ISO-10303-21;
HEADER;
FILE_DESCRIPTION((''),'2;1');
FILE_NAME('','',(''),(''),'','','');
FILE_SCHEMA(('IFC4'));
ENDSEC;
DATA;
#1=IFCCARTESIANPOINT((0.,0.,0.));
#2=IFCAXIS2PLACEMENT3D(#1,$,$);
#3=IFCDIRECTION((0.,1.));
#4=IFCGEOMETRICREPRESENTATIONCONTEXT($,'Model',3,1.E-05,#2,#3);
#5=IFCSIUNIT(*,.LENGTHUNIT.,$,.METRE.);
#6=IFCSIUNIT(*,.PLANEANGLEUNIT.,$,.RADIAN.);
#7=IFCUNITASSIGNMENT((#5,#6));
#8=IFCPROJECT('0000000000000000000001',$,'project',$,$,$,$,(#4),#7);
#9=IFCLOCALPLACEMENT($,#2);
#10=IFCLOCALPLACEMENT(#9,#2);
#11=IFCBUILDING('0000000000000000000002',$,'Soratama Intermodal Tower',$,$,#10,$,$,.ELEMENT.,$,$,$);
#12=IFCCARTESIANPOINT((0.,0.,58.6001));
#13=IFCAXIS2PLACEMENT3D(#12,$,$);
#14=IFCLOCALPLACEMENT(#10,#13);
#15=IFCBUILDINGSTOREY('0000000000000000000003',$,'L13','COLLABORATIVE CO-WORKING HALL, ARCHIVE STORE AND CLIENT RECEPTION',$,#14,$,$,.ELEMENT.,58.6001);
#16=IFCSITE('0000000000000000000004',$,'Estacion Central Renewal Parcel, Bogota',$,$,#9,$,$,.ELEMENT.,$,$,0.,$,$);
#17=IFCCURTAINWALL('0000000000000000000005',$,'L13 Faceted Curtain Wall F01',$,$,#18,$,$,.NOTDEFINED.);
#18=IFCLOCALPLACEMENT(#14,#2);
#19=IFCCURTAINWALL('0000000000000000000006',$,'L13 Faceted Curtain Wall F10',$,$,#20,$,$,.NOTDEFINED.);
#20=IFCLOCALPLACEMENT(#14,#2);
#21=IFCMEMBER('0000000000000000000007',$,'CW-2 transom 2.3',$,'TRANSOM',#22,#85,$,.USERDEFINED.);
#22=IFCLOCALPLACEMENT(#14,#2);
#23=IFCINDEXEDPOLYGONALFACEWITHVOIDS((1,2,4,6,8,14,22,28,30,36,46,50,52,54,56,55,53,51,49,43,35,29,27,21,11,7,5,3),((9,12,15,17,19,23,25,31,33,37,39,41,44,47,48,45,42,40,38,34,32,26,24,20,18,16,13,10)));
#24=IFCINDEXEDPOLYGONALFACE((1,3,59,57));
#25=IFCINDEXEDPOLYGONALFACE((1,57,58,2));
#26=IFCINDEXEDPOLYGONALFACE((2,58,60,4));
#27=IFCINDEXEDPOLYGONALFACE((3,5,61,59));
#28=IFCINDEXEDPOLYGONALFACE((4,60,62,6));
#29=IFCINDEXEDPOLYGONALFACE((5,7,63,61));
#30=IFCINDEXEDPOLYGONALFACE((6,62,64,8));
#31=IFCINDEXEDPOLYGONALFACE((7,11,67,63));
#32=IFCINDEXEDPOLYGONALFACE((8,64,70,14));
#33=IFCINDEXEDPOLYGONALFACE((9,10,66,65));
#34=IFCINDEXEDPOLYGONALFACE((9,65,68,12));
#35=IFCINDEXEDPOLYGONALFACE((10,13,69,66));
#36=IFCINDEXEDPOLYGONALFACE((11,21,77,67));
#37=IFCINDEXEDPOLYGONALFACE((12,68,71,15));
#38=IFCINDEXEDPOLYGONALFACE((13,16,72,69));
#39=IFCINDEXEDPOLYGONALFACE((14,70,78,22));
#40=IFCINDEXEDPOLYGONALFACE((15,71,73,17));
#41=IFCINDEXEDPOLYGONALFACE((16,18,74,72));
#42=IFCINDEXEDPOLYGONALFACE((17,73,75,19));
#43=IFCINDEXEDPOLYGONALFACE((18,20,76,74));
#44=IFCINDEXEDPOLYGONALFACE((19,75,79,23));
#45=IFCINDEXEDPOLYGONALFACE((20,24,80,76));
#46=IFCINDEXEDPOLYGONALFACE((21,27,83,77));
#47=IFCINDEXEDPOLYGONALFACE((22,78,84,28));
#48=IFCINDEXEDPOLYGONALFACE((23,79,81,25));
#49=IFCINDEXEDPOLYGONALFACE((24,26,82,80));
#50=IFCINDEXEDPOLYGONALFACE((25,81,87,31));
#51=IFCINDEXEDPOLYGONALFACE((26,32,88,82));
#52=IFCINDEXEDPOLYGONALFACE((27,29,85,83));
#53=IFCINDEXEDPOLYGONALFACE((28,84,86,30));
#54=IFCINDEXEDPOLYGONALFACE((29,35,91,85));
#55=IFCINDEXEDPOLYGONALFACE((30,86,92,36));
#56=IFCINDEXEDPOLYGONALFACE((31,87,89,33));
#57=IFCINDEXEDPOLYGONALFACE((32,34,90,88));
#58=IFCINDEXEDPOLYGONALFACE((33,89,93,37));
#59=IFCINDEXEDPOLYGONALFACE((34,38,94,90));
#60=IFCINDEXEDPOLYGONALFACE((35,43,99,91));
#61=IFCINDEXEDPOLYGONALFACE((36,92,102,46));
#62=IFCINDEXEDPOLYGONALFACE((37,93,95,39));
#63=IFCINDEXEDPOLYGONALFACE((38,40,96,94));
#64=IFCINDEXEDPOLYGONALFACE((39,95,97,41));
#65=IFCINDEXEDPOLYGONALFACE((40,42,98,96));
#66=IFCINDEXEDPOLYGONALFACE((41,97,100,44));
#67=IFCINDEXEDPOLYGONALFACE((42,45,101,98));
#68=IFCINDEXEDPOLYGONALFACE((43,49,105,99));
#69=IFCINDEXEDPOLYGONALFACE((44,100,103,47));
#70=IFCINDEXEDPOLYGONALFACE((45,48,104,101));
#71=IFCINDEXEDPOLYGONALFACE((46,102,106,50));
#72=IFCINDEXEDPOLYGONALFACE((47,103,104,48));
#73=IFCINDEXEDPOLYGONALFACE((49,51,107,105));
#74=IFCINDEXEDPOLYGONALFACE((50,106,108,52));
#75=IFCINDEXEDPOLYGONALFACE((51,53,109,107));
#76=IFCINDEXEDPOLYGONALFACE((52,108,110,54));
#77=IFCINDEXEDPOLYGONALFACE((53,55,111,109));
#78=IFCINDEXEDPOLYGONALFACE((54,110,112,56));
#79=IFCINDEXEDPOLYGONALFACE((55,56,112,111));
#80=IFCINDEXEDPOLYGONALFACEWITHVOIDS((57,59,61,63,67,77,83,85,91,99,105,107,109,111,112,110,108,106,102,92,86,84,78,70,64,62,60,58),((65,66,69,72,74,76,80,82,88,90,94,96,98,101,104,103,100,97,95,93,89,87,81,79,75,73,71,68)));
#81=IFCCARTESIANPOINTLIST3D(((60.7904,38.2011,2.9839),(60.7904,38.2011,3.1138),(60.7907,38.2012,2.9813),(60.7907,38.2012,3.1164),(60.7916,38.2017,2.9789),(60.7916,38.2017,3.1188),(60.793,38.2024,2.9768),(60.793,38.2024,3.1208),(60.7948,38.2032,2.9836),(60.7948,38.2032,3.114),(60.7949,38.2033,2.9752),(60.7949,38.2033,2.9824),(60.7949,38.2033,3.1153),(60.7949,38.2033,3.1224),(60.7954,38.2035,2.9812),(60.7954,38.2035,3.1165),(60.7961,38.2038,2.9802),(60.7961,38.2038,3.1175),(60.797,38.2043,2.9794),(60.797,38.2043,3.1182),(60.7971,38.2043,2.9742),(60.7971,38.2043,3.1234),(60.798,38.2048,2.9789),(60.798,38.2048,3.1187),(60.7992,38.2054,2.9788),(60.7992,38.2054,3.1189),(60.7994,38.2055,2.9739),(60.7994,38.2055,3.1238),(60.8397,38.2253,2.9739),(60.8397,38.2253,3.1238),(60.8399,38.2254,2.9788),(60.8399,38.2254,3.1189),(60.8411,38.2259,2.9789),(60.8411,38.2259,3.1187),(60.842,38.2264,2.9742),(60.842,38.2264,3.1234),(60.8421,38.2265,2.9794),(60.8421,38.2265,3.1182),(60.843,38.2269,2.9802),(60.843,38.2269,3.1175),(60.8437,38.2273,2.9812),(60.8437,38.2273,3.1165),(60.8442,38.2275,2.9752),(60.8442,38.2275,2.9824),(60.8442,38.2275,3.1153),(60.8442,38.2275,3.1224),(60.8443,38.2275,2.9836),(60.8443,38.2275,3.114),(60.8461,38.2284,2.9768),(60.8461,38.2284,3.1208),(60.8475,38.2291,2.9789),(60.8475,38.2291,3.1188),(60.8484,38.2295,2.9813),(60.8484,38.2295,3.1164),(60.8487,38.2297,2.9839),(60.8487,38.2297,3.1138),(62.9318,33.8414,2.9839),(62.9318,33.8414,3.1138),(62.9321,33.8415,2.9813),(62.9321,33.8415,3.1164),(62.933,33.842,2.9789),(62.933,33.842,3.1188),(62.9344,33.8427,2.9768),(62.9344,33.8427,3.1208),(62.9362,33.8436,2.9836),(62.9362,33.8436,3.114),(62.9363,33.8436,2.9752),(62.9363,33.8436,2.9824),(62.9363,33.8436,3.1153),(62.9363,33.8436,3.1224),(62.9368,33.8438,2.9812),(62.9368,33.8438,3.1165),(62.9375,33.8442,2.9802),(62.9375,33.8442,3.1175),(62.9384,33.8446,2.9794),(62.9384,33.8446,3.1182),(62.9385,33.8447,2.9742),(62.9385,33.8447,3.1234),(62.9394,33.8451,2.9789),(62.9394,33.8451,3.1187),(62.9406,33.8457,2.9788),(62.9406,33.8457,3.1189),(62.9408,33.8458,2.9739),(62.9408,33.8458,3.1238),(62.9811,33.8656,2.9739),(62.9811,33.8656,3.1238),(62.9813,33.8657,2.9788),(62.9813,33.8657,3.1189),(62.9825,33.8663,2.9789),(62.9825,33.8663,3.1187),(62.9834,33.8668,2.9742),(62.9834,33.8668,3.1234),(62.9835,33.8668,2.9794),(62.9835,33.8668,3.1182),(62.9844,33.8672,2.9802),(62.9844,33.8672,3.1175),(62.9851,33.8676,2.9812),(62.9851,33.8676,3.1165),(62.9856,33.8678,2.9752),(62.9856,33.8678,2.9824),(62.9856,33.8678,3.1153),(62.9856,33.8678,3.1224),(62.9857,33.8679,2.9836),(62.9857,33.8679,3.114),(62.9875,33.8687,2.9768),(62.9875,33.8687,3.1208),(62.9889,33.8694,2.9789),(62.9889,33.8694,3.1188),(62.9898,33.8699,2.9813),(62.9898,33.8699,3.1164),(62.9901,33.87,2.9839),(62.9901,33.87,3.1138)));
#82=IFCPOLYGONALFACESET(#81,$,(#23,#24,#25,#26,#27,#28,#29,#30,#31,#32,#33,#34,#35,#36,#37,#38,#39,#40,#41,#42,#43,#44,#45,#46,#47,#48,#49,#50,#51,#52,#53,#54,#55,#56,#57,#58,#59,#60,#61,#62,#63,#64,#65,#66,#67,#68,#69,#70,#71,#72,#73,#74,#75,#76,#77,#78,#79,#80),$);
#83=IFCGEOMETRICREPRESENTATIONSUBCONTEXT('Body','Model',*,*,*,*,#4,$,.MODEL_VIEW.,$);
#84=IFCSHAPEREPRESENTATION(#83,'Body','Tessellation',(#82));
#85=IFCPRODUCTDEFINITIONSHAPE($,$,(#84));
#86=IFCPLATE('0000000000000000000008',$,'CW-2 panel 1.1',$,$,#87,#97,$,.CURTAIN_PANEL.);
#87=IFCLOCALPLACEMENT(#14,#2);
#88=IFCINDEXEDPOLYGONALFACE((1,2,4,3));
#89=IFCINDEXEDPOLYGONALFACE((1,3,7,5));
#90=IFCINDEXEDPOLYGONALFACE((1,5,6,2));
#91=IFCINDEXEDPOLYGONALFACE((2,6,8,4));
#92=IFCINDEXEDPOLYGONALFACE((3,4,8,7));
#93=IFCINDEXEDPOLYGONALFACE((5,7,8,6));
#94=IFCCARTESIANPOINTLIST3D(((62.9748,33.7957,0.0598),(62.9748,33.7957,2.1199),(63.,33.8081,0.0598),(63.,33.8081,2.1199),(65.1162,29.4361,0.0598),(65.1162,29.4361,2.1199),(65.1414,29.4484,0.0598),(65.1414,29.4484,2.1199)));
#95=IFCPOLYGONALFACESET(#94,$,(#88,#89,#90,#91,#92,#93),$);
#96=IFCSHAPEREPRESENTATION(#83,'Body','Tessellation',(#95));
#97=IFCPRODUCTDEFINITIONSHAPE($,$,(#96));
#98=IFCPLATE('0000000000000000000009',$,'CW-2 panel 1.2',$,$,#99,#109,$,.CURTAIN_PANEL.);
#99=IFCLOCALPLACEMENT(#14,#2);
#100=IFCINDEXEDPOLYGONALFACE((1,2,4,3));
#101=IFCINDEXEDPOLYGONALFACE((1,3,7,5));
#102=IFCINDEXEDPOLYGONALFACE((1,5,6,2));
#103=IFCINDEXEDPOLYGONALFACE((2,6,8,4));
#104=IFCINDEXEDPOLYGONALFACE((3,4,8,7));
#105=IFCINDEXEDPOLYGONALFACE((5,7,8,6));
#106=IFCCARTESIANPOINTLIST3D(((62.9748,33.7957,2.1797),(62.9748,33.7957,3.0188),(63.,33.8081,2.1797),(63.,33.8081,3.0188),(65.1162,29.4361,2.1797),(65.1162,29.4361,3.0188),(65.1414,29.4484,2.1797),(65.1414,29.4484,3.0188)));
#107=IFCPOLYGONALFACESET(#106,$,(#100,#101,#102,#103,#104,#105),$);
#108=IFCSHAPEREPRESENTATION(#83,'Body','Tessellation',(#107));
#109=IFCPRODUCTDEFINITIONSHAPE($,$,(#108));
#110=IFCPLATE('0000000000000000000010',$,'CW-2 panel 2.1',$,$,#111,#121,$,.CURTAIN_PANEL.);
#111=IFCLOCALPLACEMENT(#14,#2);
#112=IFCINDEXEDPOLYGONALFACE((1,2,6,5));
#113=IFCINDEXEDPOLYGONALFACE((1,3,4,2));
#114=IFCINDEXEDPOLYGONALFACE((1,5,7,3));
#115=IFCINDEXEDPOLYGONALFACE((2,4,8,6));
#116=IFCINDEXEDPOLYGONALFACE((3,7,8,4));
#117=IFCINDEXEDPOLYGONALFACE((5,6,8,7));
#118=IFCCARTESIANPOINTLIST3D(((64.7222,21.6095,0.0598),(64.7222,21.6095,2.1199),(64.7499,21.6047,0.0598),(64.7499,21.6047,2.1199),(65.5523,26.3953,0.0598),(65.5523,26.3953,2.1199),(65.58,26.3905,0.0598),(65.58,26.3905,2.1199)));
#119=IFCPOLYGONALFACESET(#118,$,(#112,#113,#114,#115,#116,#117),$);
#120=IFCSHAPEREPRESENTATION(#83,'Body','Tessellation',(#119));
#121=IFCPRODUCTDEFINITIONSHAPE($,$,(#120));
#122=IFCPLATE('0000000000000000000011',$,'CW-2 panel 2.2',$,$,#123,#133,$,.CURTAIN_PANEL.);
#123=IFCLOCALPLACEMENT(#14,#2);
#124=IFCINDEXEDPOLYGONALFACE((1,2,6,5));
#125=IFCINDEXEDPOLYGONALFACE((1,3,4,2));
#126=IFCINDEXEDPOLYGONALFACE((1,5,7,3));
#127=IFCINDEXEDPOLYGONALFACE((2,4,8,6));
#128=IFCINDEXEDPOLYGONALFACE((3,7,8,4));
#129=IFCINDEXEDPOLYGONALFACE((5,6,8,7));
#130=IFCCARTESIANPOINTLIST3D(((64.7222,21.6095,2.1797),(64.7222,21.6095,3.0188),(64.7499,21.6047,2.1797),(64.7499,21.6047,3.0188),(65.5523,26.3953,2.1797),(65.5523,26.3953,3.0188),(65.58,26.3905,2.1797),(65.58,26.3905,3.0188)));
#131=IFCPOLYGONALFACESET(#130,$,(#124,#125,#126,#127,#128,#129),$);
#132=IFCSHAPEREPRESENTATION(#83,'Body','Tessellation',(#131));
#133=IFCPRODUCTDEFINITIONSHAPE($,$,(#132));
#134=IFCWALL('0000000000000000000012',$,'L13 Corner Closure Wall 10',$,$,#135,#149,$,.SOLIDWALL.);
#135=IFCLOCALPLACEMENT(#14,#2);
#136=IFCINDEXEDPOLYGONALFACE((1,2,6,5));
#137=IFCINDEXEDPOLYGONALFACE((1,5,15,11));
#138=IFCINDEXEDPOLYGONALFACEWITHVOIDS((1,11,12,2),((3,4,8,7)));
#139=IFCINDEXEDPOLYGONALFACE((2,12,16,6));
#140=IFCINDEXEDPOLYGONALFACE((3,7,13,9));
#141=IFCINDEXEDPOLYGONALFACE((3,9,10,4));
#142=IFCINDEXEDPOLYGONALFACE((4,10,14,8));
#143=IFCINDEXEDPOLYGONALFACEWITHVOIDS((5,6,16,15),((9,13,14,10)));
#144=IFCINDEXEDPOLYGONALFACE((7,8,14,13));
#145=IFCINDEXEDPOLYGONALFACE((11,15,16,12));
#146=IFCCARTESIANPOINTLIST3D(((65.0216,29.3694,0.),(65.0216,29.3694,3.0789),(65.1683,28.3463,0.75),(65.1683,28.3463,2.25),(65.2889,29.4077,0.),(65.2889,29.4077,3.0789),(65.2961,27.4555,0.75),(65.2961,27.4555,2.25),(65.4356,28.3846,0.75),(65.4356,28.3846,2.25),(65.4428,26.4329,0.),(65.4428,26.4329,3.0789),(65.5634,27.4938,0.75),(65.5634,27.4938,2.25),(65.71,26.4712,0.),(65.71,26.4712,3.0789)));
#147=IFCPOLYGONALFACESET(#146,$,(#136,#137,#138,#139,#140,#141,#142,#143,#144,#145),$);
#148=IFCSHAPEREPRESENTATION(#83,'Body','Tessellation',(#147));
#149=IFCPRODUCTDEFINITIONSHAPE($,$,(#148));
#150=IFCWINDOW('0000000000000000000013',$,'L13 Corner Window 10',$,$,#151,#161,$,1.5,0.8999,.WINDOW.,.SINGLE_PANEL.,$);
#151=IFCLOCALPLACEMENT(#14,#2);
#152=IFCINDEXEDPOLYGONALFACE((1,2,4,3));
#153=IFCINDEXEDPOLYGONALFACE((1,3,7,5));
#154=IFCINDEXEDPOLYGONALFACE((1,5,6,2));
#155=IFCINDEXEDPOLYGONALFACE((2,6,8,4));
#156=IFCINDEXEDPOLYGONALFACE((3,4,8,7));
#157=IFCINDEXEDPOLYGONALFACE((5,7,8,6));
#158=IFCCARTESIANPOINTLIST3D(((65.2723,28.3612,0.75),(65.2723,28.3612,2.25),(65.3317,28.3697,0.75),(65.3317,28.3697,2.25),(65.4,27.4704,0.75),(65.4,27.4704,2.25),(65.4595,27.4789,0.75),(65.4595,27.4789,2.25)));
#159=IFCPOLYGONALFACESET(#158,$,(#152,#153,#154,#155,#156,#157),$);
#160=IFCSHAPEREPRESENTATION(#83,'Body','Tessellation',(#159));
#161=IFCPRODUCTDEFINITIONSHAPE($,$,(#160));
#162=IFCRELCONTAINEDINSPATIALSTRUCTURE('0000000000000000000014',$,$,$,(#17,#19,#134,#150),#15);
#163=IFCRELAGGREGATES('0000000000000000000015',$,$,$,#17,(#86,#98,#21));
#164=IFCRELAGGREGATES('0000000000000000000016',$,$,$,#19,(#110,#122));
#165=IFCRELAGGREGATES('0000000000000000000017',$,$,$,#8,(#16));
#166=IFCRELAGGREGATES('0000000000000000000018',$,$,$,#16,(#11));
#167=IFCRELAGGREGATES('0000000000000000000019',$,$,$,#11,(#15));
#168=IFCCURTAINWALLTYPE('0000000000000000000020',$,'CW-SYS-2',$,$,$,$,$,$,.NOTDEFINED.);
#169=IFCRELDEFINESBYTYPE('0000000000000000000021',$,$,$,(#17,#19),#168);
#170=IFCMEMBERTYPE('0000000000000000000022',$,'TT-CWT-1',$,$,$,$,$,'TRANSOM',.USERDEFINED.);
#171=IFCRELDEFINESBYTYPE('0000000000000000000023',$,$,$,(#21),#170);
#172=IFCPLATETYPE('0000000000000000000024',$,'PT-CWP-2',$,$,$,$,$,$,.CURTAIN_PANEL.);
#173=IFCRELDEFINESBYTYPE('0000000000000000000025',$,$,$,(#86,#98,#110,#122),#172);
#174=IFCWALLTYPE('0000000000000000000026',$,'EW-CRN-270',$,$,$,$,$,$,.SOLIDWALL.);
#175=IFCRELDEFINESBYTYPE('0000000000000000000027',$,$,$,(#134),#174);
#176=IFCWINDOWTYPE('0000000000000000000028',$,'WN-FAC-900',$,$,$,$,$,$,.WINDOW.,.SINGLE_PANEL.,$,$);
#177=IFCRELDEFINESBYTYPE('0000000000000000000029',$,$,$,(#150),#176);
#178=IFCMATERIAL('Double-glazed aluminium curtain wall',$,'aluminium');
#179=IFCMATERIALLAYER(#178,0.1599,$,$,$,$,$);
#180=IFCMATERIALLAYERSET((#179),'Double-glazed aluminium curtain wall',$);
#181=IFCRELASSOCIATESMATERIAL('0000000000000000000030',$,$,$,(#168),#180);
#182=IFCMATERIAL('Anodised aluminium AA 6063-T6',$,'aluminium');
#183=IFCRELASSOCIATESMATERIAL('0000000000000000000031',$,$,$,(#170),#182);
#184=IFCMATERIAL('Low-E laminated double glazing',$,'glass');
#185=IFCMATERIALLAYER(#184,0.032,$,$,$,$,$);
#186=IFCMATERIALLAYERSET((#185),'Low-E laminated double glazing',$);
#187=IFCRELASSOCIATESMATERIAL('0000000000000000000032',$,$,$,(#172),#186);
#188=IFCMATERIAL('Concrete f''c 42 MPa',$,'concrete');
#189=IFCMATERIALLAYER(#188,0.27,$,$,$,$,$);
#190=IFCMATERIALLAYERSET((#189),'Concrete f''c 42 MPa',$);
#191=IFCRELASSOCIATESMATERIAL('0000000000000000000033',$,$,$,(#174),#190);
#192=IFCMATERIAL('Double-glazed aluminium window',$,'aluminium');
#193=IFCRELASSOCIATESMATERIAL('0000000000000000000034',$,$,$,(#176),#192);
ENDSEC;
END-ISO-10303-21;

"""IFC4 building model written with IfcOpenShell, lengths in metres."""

from ifc_helpers import new_model, si_unit, direction, frame, frame_2d, origin, origin_2d, place, context, subcontext, project, spatial, rectangle, hollow_rectangle, extrude, material, layer, layer_set, material_profile, profile_set, type_object, element, fill, aggregate, save


model = new_model("IFC4")

# Units and contexts
model_context = context("Model", 3, precision=1e-05, world=origin(), true_north=direction((0.0, 1.0)))
body_context = subcontext(model_context, "Body", "Model", "MODEL_VIEW")
ifc_project = project(units=[si_unit("LENGTHUNIT", "METRE"), si_unit("PLANEANGLEUNIT", "RADIAN")], contexts=[model_context])

# Site, building, storey
site_placement = place(None, origin())
site = spatial("IfcSite", under=ifc_project, at=site_placement, Name="Estacion Central Renewal Parcel, Bogota", CompositionType="ELEMENT", RefElevation=0.0)
building_placement = place(site_placement, origin())
building = spatial("IfcBuilding", under=site, at=building_placement, Name="Soratama Intermodal Tower", CompositionType="ELEMENT")
storey_placement = place(building_placement, frame((0.0, 0.0, 58.6001)))
storey = spatial("IfcBuildingStorey", under=building, at=storey_placement, Name="L13", Description="COLLABORATIVE CO-WORKING HALL, ARCHIVE STORE AND CLIENT RECEPTION", CompositionType="ELEMENT", Elevation=58.6001)

# Curtain wall
ifc_material_1 = material(Name="Double-glazed aluminium curtain wall", Category="aluminium")
ifc_layer_1 = layer(ifc_material_1, 0.1599)
ifc_layer_set_1 = layer_set([ifc_layer_1], Name="Double-glazed aluminium curtain wall")
curtain_wall_type = type_object("IfcCurtainWallType", Name="CW-SYS-2", PredefinedType="NOTDEFINED", material=ifc_layer_set_1)
curtain_wall_1_placement = place(storey_placement, origin())
curtain_wall_1 = element("IfcCurtainWall", 1, at=curtain_wall_1_placement, inside=storey, type_object=curtain_wall_type, Name="L13 Faceted Curtain Wall F01", PredefinedType="NOTDEFINED")

# Curtain wall
curtain_wall_2_placement = place(storey_placement, origin())
curtain_wall_2 = element("IfcCurtainWall", 2, at=curtain_wall_2_placement, inside=storey, type_object=curtain_wall_type, Name="L13 Faceted Curtain Wall F10", PredefinedType="NOTDEFINED")

# Member
ifc_material_2 = material(Name="Anodised aluminium AA 6063-T6", Category="aluminium")
ifc_material_profile_1 = material_profile(ifc_material_2, hollow_rectangle(XDim=0.0649, YDim=0.1499, WallThickness=0.0049, InnerFilletRadius=0.0049, OuterFilletRadius=0.01, at=origin_2d()), Name="CWT150X65X5")
ifc_profile_set_1 = profile_set([ifc_material_profile_1], Name="Anodised aluminium AA 6063-T6")
member_type_1 = type_object("IfcMemberType", Name="TT-CWT-1", ElementType="TRANSOM", PredefinedType="USERDEFINED", material=ifc_profile_set_1)
member_1_placement = place(storey_placement, frame((62.9609, 33.8557, 3.0488), z_axis=(-0.440869, 0.897571, 0.0), x_axis=(-0.897571, -0.440869, 0.0)))
member_1 = element("IfcMember", 3, at=member_1_placement, type_object=member_type_1, Name="CW-2 transom 2.3", ObjectType="TRANSOM", PredefinedType="USERDEFINED", context=body_context, shape_type="SweptSolid", body=[
    extrude(hollow_rectangle(XDim=0.0649, YDim=0.1499, WallThickness=0.0049, InnerFilletRadius=0.0049, OuterFilletRadius=0.01, at=origin_2d()), origin(), (0.0, 0.0, 1.0), 4.8572),
])

# Plates
ifc_material_3 = material(Name="Low-E laminated double glazing", Category="glass")
ifc_layer_2 = layer(ifc_material_3, 0.032)
ifc_layer_set_2 = layer_set([ifc_layer_2], Name="Low-E laminated double glazing")
plate_type = type_object("IfcPlateType", Name="PT-CWP-2", PredefinedType="CURTAIN_PANEL", material=ifc_layer_set_2)
plate_1_placement = place(storey_placement, frame((64.0581, 31.6221, 0.0598), z_axis=(0.0, 0.0, 1.0), x_axis=(-0.440875, 0.897568, 0.0)))
plate_1 = element("IfcPlate", 4, at=plate_1_placement, type_object=plate_type, Name="CW-2 panel 1.1", PredefinedType="CURTAIN_PANEL", context=body_context, shape_type="SweptSolid", body=[
    extrude(rectangle(XDim=4.8572, YDim=0.0281, at=origin_2d()), origin(), (0.0, 0.0, 1.0), 2.0601),
])
plate_2_placement = place(storey_placement, frame((64.0581, 31.6221, 2.1797), z_axis=(0.0, 0.0, 1.0), x_axis=(-0.440875, 0.897568, 0.0)))
plate_2 = element("IfcPlate", 5, at=plate_2_placement, type_object=plate_type, Name="CW-2 panel 1.2", PredefinedType="CURTAIN_PANEL", context=body_context, shape_type="SweptSolid", body=[
    extrude(rectangle(XDim=4.8572, YDim=0.0281, at=origin_2d()), origin(), (0.0, 0.0, 1.0), 0.8391),
])
aggregate(curtain_wall_1, [plate_1, plate_2, member_1])
plate_3_placement = place(storey_placement, frame((65.1511, 24.0, 0.0598), z_axis=(0.0, 0.0, 1.0), x_axis=(0.170899, 0.985289, 0.0)))
plate_3 = element("IfcPlate", 6, at=plate_3_placement, type_object=plate_type, Name="CW-2 panel 2.1", PredefinedType="CURTAIN_PANEL", context=body_context, shape_type="SweptSolid", body=[
    extrude(rectangle(XDim=4.8572, YDim=0.0281, at=origin_2d()), origin(), (0.0, 0.0, 1.0), 2.0601),
])
plate_4_placement = place(storey_placement, frame((65.1511, 24.0, 2.1797), z_axis=(0.0, 0.0, 1.0), x_axis=(0.170899, 0.985289, 0.0)))
plate_4 = element("IfcPlate", 7, at=plate_4_placement, type_object=plate_type, Name="CW-2 panel 2.2", PredefinedType="CURTAIN_PANEL", context=body_context, shape_type="SweptSolid", body=[
    extrude(rectangle(XDim=4.8572, YDim=0.0281, at=origin_2d()), origin(), (0.0, 0.0, 1.0), 0.8391),
])
aggregate(curtain_wall_2, [plate_3, plate_4])

# Wall, opening, window
ifc_material_4 = material(Name="Concrete f'c 42 MPa", Category="concrete")
ifc_layer_3 = layer(ifc_material_4, 0.27)
ifc_layer_set_3 = layer_set([ifc_layer_3], Name="Concrete f'c 42 MPa")
wall_type_1 = type_object("IfcWallType", Name="EW-CRN-270", PredefinedType="SOLIDWALL", material=ifc_layer_set_3)
wall_1_placement = place(storey_placement, frame((65.5764, 26.4519, 0.0), z_axis=(0.0, 0.0, 1.0), x_axis=(-0.141963, 0.989872, 0.0)))
wall_1 = element("IfcWall", 8, at=wall_1_placement, inside=storey, type_object=wall_type_1, Name="L13 Corner Closure Wall 10", PredefinedType="SOLIDWALL", context=body_context, shape_type="SweptSolid", body=[
    extrude(rectangle(XDim=2.9666, YDim=0.27, at=frame_2d((1.4834, 0.0))), origin(), (0.0, 0.0, 1.0), 3.0789),
])
opening_1_placement = place(wall_1_placement, frame((1.0332, 0.0, 0.75)))
opening_1 = element("IfcOpeningElement", 9, at=opening_1_placement, cuts=wall_1, PredefinedType="OPENING", context=body_context, shape_type="SweptSolid", body=[
    extrude(rectangle(XDim=0.8999, YDim=1.5, at=frame_2d((0.45, 0.75))), frame((0.0, 0.145, 0.0), z_axis=(0.0, -1.0, 0.0), x_axis=(1.0, 0.0, 0.0)), (0.0, 0.0, 1.0), 0.29),
])
ifc_material_5 = material(Name="Double-glazed aluminium window", Category="aluminium")
window_type = type_object("IfcWindowType", Name="WN-FAC-900", PartitioningType="SINGLE_PANEL", PredefinedType="WINDOW", material=ifc_material_5)
window_placement = place(opening_1_placement, origin())
window = element("IfcWindow", 10, at=window_placement, inside=storey, type_object=window_type, Name="L13 Corner Window 10", OverallHeight=1.5, OverallWidth=0.8999, PartitioningType="SINGLE_PANEL", PredefinedType="WINDOW", context=body_context, shape_type="SweptSolid", body=[
    extrude(rectangle(XDim=0.8999, YDim=1.5, at=frame_2d((0.45, 0.75))), frame((0.0, 0.03, 0.0), z_axis=(0.0, -1.0, 0.0), x_axis=(1.0, 0.0, 0.0)), (0.0, 0.0, 1.0), 0.0601),
])
fill(opening_1, window)

save(model, "model.ifc")
